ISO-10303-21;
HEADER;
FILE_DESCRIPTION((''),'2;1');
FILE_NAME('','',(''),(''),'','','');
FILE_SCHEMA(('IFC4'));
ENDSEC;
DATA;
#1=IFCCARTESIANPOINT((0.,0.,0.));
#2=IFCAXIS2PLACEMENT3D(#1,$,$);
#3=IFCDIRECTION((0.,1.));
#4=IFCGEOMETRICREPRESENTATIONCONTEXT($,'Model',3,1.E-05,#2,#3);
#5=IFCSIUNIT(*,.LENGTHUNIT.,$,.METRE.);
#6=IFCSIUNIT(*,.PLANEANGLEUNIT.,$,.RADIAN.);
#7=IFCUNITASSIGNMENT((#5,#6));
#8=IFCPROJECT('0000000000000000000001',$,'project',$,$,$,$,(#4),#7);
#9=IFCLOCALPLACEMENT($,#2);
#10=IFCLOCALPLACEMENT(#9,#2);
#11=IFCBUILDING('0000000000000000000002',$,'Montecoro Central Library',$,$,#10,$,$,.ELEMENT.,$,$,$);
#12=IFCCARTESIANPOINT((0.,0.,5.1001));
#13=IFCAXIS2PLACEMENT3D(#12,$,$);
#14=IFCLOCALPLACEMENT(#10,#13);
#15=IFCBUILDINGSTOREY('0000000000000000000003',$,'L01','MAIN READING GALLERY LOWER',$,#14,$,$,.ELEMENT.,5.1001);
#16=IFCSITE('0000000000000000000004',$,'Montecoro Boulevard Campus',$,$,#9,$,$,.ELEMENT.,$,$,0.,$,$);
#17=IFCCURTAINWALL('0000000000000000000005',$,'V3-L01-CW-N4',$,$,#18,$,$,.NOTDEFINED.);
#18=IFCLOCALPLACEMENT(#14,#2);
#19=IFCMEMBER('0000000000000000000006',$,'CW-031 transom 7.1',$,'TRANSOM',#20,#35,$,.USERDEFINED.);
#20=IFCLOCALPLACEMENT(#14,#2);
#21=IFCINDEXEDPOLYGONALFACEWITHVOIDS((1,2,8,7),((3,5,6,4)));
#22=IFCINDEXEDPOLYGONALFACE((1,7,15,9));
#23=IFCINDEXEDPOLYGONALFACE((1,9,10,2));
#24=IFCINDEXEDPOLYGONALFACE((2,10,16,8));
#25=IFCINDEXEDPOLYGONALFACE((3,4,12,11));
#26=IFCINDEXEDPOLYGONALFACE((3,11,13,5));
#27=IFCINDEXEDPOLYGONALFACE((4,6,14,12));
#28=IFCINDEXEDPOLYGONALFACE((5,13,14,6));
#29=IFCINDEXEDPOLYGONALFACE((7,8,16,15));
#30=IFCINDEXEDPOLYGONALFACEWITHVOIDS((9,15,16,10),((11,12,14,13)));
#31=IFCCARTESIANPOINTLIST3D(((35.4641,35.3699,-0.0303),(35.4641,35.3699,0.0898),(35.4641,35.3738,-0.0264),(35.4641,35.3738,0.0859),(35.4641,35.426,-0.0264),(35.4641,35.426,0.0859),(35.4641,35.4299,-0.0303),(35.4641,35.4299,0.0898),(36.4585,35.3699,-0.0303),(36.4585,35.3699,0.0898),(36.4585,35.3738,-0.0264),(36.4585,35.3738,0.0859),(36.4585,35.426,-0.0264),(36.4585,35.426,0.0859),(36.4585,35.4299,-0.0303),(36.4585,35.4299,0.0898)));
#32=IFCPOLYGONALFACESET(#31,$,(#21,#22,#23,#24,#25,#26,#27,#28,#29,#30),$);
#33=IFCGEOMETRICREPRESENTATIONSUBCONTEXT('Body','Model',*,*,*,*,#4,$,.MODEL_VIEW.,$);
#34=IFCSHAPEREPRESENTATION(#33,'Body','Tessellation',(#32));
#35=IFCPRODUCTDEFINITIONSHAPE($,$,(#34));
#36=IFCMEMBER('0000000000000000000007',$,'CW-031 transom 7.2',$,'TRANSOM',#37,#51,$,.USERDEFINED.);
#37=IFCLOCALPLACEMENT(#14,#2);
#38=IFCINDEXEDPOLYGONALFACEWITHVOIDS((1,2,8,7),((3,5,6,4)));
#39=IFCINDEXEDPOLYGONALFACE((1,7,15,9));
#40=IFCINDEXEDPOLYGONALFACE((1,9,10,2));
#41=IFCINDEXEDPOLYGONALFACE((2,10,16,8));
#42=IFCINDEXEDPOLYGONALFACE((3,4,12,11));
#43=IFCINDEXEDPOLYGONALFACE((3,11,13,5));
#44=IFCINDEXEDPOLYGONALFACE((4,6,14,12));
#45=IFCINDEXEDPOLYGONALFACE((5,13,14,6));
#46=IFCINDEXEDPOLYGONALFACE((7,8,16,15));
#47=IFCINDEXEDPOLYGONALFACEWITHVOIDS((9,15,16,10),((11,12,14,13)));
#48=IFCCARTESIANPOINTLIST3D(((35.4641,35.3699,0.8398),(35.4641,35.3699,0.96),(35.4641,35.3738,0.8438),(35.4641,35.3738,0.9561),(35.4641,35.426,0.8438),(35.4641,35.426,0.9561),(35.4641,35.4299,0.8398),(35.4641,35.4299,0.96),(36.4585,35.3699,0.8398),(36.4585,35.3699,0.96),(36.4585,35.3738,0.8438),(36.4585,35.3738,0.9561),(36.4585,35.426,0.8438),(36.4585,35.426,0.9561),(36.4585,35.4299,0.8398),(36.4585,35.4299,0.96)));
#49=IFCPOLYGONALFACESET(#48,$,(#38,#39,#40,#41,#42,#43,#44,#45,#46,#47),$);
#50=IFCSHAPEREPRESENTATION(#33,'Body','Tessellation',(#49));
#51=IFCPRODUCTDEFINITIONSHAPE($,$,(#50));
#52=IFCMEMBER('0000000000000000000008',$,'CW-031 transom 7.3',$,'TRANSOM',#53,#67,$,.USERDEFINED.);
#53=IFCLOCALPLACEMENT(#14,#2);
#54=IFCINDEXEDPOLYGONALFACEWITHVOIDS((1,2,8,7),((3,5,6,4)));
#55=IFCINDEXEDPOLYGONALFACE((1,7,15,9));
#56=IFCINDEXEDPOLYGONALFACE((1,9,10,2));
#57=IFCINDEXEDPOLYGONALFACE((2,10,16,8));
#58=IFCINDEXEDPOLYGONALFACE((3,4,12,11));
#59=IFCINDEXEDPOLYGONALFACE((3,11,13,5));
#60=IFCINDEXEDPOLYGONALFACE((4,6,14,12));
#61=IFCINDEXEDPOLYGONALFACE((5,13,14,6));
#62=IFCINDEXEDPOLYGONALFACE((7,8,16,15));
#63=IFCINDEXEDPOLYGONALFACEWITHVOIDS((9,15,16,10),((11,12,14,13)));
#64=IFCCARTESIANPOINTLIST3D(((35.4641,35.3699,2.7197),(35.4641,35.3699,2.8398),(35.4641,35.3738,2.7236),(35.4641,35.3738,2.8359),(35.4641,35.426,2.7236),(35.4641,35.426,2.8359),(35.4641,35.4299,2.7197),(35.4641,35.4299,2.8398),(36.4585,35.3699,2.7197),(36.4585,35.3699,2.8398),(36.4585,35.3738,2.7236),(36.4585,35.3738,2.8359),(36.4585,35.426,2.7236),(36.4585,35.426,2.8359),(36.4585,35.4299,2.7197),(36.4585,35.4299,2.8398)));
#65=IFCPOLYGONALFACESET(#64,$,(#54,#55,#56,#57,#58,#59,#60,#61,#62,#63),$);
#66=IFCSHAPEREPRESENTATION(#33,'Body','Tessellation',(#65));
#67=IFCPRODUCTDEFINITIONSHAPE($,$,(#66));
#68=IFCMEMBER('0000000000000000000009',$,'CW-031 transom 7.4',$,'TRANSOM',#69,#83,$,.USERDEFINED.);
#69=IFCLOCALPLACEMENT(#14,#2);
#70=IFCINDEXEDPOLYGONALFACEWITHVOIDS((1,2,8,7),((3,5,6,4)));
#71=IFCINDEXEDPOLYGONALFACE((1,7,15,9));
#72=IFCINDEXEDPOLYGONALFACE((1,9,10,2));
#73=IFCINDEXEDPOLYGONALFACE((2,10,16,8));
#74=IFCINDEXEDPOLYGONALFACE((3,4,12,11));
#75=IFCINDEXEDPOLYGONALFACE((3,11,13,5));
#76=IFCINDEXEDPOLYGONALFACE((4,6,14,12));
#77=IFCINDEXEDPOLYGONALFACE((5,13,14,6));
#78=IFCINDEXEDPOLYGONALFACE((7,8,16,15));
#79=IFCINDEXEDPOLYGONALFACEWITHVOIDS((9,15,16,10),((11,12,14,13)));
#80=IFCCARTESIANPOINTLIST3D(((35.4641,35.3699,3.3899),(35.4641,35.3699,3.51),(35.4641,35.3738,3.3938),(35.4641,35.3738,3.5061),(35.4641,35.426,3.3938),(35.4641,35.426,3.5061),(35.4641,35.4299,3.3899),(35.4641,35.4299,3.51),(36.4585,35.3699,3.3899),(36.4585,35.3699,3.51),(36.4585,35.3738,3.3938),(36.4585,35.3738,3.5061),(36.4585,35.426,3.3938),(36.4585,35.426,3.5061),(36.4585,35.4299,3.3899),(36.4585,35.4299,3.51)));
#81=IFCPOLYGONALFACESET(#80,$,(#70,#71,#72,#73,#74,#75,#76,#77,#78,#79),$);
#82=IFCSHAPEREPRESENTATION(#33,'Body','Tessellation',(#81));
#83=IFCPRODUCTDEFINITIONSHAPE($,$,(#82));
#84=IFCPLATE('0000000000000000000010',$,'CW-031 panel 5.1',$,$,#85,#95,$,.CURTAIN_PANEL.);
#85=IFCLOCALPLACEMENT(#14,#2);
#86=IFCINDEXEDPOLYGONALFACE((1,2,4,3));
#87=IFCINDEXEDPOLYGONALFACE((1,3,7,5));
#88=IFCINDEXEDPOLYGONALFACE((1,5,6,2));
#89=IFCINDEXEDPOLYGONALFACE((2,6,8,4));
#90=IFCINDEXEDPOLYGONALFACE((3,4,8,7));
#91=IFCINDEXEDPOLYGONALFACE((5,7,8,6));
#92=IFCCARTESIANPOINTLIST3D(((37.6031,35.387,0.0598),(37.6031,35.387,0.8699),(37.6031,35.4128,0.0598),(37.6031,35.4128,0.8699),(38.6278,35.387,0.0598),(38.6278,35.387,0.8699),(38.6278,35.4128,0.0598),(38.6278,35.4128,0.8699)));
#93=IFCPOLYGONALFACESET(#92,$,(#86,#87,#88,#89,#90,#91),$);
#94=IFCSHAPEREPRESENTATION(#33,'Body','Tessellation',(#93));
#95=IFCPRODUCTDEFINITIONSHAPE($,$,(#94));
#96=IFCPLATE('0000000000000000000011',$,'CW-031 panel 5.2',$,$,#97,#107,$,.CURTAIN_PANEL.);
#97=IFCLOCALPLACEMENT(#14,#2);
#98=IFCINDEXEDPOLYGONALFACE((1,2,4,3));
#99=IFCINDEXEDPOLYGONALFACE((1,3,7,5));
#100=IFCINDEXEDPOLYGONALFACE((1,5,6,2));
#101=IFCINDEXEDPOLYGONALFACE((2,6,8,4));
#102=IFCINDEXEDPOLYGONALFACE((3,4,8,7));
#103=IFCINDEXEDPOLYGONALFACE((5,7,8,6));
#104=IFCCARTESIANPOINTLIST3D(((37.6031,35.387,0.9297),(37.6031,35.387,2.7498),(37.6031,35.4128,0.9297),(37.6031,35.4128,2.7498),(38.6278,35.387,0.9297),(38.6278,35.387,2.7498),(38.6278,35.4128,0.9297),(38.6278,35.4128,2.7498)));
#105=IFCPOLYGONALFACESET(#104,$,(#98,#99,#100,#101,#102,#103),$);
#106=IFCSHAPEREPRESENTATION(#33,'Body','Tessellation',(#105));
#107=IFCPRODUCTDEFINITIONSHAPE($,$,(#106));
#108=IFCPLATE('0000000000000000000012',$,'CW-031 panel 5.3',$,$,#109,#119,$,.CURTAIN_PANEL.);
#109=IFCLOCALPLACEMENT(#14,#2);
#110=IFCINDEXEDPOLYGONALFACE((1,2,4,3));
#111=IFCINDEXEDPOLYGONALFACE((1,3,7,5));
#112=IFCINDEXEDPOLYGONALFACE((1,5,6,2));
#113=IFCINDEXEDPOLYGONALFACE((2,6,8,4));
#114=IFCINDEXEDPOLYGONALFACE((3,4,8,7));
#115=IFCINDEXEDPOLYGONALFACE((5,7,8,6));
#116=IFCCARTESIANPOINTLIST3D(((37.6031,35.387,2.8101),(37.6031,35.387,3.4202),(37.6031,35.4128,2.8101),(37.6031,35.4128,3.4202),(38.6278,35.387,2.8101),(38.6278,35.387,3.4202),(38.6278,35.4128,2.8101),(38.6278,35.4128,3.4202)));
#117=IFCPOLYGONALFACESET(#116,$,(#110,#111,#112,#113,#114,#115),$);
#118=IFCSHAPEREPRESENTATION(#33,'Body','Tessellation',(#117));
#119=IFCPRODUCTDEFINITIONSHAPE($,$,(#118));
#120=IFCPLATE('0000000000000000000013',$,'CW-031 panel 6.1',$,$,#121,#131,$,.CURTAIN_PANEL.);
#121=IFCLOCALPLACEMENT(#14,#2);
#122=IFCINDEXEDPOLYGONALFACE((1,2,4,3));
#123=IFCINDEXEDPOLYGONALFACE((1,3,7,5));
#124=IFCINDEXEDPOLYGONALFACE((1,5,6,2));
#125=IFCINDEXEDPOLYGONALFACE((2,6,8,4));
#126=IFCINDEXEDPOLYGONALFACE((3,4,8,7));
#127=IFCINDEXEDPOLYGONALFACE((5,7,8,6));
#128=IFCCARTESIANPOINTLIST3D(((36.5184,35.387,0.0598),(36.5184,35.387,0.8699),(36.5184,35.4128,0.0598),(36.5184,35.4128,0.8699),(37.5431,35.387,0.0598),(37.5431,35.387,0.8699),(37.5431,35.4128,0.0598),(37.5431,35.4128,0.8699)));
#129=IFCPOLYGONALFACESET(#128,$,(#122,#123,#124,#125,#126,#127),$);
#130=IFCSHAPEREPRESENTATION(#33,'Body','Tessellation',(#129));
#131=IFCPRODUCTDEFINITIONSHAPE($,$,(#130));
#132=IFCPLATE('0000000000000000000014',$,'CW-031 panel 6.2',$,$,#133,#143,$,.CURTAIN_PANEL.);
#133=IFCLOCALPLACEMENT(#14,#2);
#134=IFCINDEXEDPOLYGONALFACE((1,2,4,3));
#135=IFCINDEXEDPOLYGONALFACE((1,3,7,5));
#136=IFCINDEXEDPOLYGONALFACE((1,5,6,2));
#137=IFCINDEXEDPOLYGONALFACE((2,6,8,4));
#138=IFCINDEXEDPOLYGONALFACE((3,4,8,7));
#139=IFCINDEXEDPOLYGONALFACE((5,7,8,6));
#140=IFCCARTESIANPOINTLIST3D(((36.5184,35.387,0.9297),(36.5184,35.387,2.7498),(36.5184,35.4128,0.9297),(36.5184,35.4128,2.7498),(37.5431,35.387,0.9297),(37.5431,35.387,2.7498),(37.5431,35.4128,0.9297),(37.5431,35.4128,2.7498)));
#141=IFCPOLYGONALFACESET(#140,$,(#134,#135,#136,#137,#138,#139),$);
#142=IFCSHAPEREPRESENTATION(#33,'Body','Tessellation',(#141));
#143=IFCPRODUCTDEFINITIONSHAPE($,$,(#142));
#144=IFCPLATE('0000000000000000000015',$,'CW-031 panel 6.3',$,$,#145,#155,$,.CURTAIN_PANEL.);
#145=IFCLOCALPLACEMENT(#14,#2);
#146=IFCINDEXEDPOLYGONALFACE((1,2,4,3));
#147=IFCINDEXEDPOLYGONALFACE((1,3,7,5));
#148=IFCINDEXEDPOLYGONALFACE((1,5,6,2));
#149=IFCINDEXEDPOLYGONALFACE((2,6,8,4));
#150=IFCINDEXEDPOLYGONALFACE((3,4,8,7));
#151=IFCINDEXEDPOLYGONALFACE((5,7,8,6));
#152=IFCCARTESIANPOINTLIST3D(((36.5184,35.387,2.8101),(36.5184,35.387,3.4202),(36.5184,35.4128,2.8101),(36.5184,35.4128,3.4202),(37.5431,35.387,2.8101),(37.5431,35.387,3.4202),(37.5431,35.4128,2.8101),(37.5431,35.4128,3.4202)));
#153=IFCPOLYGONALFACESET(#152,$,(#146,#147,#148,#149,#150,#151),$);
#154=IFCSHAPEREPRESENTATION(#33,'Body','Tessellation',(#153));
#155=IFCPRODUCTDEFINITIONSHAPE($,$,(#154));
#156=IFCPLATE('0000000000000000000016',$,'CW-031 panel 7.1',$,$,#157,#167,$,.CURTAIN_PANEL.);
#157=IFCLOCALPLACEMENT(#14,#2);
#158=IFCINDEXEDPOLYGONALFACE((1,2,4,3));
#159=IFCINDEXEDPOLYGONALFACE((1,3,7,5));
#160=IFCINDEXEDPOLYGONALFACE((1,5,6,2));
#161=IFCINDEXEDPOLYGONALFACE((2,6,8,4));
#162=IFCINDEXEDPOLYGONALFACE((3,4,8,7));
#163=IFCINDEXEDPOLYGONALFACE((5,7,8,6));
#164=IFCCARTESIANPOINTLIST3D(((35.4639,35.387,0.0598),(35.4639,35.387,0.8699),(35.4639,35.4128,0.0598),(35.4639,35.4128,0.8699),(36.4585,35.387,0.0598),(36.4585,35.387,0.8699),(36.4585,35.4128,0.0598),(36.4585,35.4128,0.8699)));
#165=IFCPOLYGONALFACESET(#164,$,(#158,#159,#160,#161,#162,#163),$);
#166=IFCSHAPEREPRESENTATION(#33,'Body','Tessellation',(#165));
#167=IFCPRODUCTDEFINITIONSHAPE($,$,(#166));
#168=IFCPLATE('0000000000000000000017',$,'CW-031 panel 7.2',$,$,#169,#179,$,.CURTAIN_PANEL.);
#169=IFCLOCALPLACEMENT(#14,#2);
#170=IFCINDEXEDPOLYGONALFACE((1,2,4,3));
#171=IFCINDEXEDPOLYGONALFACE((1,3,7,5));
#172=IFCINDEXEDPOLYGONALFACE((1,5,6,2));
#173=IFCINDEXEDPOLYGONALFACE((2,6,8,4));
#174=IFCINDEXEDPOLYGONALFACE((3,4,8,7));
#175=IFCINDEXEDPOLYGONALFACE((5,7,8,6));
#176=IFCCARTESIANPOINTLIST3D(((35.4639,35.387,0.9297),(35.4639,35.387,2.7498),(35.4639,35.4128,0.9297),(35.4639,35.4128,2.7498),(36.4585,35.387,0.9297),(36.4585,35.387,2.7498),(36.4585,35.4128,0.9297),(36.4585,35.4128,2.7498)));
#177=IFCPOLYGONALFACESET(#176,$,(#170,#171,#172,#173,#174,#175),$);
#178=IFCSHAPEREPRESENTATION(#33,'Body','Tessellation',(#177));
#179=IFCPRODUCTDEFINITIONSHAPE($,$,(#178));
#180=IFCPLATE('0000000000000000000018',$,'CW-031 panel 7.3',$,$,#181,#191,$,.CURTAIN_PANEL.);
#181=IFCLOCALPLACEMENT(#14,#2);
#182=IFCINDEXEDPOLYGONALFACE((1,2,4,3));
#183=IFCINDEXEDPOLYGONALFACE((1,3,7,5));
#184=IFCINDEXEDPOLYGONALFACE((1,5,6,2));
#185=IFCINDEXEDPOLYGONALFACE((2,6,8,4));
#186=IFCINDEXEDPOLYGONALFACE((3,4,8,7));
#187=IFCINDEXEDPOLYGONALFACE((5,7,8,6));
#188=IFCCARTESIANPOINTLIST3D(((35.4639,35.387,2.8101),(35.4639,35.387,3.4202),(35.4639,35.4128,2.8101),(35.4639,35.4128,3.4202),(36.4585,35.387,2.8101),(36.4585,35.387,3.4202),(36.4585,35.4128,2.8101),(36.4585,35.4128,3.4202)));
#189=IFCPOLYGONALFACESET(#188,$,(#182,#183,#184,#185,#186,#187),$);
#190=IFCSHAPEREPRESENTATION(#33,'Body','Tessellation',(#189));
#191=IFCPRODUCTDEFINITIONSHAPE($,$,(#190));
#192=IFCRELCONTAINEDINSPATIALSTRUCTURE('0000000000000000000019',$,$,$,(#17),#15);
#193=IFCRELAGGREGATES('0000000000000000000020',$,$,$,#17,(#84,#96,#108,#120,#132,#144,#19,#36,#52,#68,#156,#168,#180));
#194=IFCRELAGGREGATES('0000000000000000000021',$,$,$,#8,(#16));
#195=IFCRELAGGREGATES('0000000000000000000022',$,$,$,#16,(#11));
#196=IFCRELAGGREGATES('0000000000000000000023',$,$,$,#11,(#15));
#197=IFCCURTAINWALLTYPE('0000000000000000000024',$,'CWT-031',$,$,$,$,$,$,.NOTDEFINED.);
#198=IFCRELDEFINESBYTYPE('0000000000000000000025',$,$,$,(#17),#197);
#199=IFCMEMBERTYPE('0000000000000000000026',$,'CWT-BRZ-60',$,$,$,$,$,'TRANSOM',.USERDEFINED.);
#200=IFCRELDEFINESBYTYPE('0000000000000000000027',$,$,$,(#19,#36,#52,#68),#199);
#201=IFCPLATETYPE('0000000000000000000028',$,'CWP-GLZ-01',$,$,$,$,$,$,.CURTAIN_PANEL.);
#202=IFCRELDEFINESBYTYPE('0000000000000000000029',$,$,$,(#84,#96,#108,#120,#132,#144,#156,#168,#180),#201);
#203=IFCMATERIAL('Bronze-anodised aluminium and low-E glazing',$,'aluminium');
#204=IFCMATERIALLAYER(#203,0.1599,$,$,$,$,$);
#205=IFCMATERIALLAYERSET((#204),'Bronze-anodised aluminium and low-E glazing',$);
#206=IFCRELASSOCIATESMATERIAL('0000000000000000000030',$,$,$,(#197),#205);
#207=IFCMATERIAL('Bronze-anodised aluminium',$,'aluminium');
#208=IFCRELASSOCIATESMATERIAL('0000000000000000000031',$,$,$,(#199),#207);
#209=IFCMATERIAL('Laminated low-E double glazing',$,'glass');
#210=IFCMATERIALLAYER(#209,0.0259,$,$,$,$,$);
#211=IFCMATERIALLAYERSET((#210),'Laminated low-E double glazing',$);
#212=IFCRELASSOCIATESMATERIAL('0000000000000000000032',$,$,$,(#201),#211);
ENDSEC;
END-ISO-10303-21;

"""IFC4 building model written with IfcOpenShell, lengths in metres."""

from ifc_helpers import new_model, si_unit, direction, frame, origin, origin_2d, place, context, subcontext, project, spatial, rectangle, hollow_rectangle, extrude, material, layer, layer_set, material_profile, profile_set, type_object, element, aggregate, save


model = new_model("IFC4")

# Units and contexts
model_context = context("Model", 3, precision=1e-05, world=origin(), true_north=direction((0.0, 1.0)))
body_context = subcontext(model_context, "Body", "Model", "MODEL_VIEW")
ifc_project = project(units=[si_unit("LENGTHUNIT", "METRE"), si_unit("PLANEANGLEUNIT", "RADIAN")], contexts=[model_context])

# Site, building, storey
site_placement = place(None, origin())
site = spatial("IfcSite", under=ifc_project, at=site_placement, Name="Montecoro Boulevard Campus", CompositionType="ELEMENT", RefElevation=0.0)
building_placement = place(site_placement, origin())
building = spatial("IfcBuilding", under=site, at=building_placement, Name="Montecoro Central Library", CompositionType="ELEMENT")
storey_placement = place(building_placement, frame((0.0, 0.0, 5.1001)))
storey = spatial("IfcBuildingStorey", under=building, at=storey_placement, Name="L01", Description="MAIN READING GALLERY LOWER", CompositionType="ELEMENT", Elevation=5.1001)

# Curtain wall, members, plates
ifc_material_1 = material(Name="Bronze-anodised aluminium and low-E glazing", Category="aluminium")
ifc_layer_1 = layer(ifc_material_1, 0.1599)
ifc_layer_set_1 = layer_set([ifc_layer_1], Name="Bronze-anodised aluminium and low-E glazing")
curtain_wall_type = type_object("IfcCurtainWallType", Name="CWT-031", PredefinedType="NOTDEFINED", material=ifc_layer_set_1)
curtain_wall_placement = place(storey_placement, origin())
curtain_wall = element("IfcCurtainWall", 1, at=curtain_wall_placement, inside=storey, type_object=curtain_wall_type, Name="V3-L01-CW-N4", PredefinedType="NOTDEFINED")
ifc_material_2 = material(Name="Bronze-anodised aluminium", Category="aluminium")
ifc_material_profile_1 = material_profile(ifc_material_2, hollow_rectangle(XDim=0.0601, YDim=0.1201, WallThickness=0.0039, at=origin_2d()), Name="CWT 120x60x4.0")
ifc_profile_set_1 = profile_set([ifc_material_profile_1], Name="Bronze-anodised aluminium")
member_type_1 = type_object("IfcMemberType", Name="CWT-BRZ-60", ElementType="TRANSOM", PredefinedType="USERDEFINED", material=ifc_profile_set_1)
member_1_placement = place(storey_placement, frame((36.4585, 35.3999, 0.0298), z_axis=(-1.0, 0.0, 0.0), x_axis=(0.0, -1.0, 0.0)))
member_1 = element("IfcMember", 2, at=member_1_placement, type_object=member_type_1, Name="CW-031 transom 7.1", ObjectType="TRANSOM", PredefinedType="USERDEFINED", context=body_context, shape_type="SweptSolid", body=[
    extrude(hollow_rectangle(XDim=0.0601, YDim=0.1201, WallThickness=0.0039, at=origin_2d()), origin(), (0.0, 0.0, 1.0), 0.9944),
])
member_2_placement = place(storey_placement, frame((36.4585, 35.3999, 0.8999), z_axis=(-1.0, 0.0, 0.0), x_axis=(0.0, -1.0, 0.0)))
member_2 = element("IfcMember", 3, at=member_2_placement, type_object=member_type_1, Name="CW-031 transom 7.2", ObjectType="TRANSOM", PredefinedType="USERDEFINED", context=body_context, shape_type="SweptSolid", body=[
    extrude(hollow_rectangle(XDim=0.0601, YDim=0.1201, WallThickness=0.0039, at=origin_2d()), origin(), (0.0, 0.0, 1.0), 0.9944),
])
member_3_placement = place(storey_placement, frame((36.4585, 35.3999, 2.7798), z_axis=(-1.0, 0.0, 0.0), x_axis=(0.0, -1.0, 0.0)))
member_3 = element("IfcMember", 4, at=member_3_placement, type_object=member_type_1, Name="CW-031 transom 7.3", ObjectType="TRANSOM", PredefinedType="USERDEFINED", context=body_context, shape_type="SweptSolid", body=[
    extrude(hollow_rectangle(XDim=0.0601, YDim=0.1201, WallThickness=0.0039, at=origin_2d()), origin(), (0.0, 0.0, 1.0), 0.9944),
])
member_4_placement = place(storey_placement, frame((36.4585, 35.3999, 3.45), z_axis=(-1.0, 0.0, 0.0), x_axis=(0.0, -1.0, 0.0)))
member_4 = element("IfcMember", 5, at=member_4_placement, type_object=member_type_1, Name="CW-031 transom 7.4", ObjectType="TRANSOM", PredefinedType="USERDEFINED", context=body_context, shape_type="SweptSolid", body=[
    extrude(hollow_rectangle(XDim=0.0601, YDim=0.1201, WallThickness=0.0039, at=origin_2d()), origin(), (0.0, 0.0, 1.0), 0.9944),
])
ifc_material_3 = material(Name="Laminated low-E double glazing", Category="glass")
ifc_layer_2 = layer(ifc_material_3, 0.0259)
ifc_layer_set_2 = layer_set([ifc_layer_2], Name="Laminated low-E double glazing")
plate_type = type_object("IfcPlateType", Name="CWP-GLZ-01", PredefinedType="CURTAIN_PANEL", material=ifc_layer_set_2)
plate_1_placement = place(storey_placement, frame((38.1155, 35.3999, 0.0598), z_axis=(0.0, 0.0, 1.0), x_axis=(-1.0, 0.0, 0.0)))
plate_1 = element("IfcPlate", 6, at=plate_1_placement, type_object=plate_type, Name="CW-031 panel 5.1", PredefinedType="CURTAIN_PANEL", context=body_context, shape_type="SweptSolid", body=[
    extrude(rectangle(XDim=1.0247, YDim=0.0259, at=origin_2d()), origin(), (0.0, 0.0, 1.0), 0.8101),
])
plate_2_placement = place(storey_placement, frame((38.1155, 35.3999, 0.9297), z_axis=(0.0, 0.0, 1.0), x_axis=(-1.0, 0.0, 0.0)))
plate_2 = element("IfcPlate", 7, at=plate_2_placement, type_object=plate_type, Name="CW-031 panel 5.2", PredefinedType="CURTAIN_PANEL", context=body_context, shape_type="SweptSolid", body=[
    extrude(rectangle(XDim=1.0247, YDim=0.0259, at=origin_2d()), origin(), (0.0, 0.0, 1.0), 1.8201),
])
plate_3_placement = place(storey_placement, frame((38.1155, 35.3999, 2.8101), z_axis=(0.0, 0.0, 1.0), x_axis=(-1.0, 0.0, 0.0)))
plate_3 = element("IfcPlate", 8, at=plate_3_placement, type_object=plate_type, Name="CW-031 panel 5.3", PredefinedType="CURTAIN_PANEL", context=body_context, shape_type="SweptSolid", body=[
    extrude(rectangle(XDim=1.0247, YDim=0.0259, at=origin_2d()), origin(), (0.0, 0.0, 1.0), 0.6101),
])
plate_4_placement = place(storey_placement, frame((37.0308, 35.3999, 0.0598), z_axis=(0.0, 0.0, 1.0), x_axis=(-1.0, 0.0, 0.0)))
plate_4 = element("IfcPlate", 9, at=plate_4_placement, type_object=plate_type, Name="CW-031 panel 6.1", PredefinedType="CURTAIN_PANEL", context=body_context, shape_type="SweptSolid", body=[
    extrude(rectangle(XDim=1.0247, YDim=0.0259, at=origin_2d()), origin(), (0.0, 0.0, 1.0), 0.8101),
])
plate_5_placement = place(storey_placement, frame((37.0308, 35.3999, 0.9297), z_axis=(0.0, 0.0, 1.0), x_axis=(-1.0, 0.0, 0.0)))
plate_5 = element("IfcPlate", 10, at=plate_5_placement, type_object=plate_type, Name="CW-031 panel 6.2", PredefinedType="CURTAIN_PANEL", context=body_context, shape_type="SweptSolid", body=[
    extrude(rectangle(XDim=1.0247, YDim=0.0259, at=origin_2d()), origin(), (0.0, 0.0, 1.0), 1.8201),
])
plate_6_placement = place(storey_placement, frame((37.0308, 35.3999, 2.8101), z_axis=(0.0, 0.0, 1.0), x_axis=(-1.0, 0.0, 0.0)))
plate_6 = element("IfcPlate", 11, at=plate_6_placement, type_object=plate_type, Name="CW-031 panel 6.3", PredefinedType="CURTAIN_PANEL", context=body_context, shape_type="SweptSolid", body=[
    extrude(rectangle(XDim=1.0247, YDim=0.0259, at=origin_2d()), origin(), (0.0, 0.0, 1.0), 0.6101),
])
plate_7_placement = place(storey_placement, frame((35.9612, 35.3999, 0.0598), z_axis=(0.0, 0.0, 1.0), x_axis=(-1.0, 0.0, 0.0)))
plate_7 = element("IfcPlate", 12, at=plate_7_placement, type_object=plate_type, Name="CW-031 panel 7.1", PredefinedType="CURTAIN_PANEL", context=body_context, shape_type="SweptSolid", body=[
    extrude(rectangle(XDim=0.9946, YDim=0.0259, at=origin_2d()), origin(), (0.0, 0.0, 1.0), 0.8101),
])
plate_8_placement = place(storey_placement, frame((35.9612, 35.3999, 0.9297), z_axis=(0.0, 0.0, 1.0), x_axis=(-1.0, 0.0, 0.0)))
plate_8 = element("IfcPlate", 13, at=plate_8_placement, type_object=plate_type, Name="CW-031 panel 7.2", PredefinedType="CURTAIN_PANEL", context=body_context, shape_type="SweptSolid", body=[
    extrude(rectangle(XDim=0.9946, YDim=0.0259, at=origin_2d()), origin(), (0.0, 0.0, 1.0), 1.8201),
])
plate_9_placement = place(storey_placement, frame((35.9612, 35.3999, 2.8101), z_axis=(0.0, 0.0, 1.0), x_axis=(-1.0, 0.0, 0.0)))
plate_9 = element("IfcPlate", 14, at=plate_9_placement, type_object=plate_type, Name="CW-031 panel 7.3", PredefinedType="CURTAIN_PANEL", context=body_context, shape_type="SweptSolid", body=[
    extrude(rectangle(XDim=0.9946, YDim=0.0259, at=origin_2d()), origin(), (0.0, 0.0, 1.0), 0.6101),
])
aggregate(curtain_wall, [plate_1, plate_2, plate_3, plate_4, plate_5, plate_6, member_1, member_2, member_3, member_4, plate_7, plate_8, plate_9])

save(model, "model.ifc")
